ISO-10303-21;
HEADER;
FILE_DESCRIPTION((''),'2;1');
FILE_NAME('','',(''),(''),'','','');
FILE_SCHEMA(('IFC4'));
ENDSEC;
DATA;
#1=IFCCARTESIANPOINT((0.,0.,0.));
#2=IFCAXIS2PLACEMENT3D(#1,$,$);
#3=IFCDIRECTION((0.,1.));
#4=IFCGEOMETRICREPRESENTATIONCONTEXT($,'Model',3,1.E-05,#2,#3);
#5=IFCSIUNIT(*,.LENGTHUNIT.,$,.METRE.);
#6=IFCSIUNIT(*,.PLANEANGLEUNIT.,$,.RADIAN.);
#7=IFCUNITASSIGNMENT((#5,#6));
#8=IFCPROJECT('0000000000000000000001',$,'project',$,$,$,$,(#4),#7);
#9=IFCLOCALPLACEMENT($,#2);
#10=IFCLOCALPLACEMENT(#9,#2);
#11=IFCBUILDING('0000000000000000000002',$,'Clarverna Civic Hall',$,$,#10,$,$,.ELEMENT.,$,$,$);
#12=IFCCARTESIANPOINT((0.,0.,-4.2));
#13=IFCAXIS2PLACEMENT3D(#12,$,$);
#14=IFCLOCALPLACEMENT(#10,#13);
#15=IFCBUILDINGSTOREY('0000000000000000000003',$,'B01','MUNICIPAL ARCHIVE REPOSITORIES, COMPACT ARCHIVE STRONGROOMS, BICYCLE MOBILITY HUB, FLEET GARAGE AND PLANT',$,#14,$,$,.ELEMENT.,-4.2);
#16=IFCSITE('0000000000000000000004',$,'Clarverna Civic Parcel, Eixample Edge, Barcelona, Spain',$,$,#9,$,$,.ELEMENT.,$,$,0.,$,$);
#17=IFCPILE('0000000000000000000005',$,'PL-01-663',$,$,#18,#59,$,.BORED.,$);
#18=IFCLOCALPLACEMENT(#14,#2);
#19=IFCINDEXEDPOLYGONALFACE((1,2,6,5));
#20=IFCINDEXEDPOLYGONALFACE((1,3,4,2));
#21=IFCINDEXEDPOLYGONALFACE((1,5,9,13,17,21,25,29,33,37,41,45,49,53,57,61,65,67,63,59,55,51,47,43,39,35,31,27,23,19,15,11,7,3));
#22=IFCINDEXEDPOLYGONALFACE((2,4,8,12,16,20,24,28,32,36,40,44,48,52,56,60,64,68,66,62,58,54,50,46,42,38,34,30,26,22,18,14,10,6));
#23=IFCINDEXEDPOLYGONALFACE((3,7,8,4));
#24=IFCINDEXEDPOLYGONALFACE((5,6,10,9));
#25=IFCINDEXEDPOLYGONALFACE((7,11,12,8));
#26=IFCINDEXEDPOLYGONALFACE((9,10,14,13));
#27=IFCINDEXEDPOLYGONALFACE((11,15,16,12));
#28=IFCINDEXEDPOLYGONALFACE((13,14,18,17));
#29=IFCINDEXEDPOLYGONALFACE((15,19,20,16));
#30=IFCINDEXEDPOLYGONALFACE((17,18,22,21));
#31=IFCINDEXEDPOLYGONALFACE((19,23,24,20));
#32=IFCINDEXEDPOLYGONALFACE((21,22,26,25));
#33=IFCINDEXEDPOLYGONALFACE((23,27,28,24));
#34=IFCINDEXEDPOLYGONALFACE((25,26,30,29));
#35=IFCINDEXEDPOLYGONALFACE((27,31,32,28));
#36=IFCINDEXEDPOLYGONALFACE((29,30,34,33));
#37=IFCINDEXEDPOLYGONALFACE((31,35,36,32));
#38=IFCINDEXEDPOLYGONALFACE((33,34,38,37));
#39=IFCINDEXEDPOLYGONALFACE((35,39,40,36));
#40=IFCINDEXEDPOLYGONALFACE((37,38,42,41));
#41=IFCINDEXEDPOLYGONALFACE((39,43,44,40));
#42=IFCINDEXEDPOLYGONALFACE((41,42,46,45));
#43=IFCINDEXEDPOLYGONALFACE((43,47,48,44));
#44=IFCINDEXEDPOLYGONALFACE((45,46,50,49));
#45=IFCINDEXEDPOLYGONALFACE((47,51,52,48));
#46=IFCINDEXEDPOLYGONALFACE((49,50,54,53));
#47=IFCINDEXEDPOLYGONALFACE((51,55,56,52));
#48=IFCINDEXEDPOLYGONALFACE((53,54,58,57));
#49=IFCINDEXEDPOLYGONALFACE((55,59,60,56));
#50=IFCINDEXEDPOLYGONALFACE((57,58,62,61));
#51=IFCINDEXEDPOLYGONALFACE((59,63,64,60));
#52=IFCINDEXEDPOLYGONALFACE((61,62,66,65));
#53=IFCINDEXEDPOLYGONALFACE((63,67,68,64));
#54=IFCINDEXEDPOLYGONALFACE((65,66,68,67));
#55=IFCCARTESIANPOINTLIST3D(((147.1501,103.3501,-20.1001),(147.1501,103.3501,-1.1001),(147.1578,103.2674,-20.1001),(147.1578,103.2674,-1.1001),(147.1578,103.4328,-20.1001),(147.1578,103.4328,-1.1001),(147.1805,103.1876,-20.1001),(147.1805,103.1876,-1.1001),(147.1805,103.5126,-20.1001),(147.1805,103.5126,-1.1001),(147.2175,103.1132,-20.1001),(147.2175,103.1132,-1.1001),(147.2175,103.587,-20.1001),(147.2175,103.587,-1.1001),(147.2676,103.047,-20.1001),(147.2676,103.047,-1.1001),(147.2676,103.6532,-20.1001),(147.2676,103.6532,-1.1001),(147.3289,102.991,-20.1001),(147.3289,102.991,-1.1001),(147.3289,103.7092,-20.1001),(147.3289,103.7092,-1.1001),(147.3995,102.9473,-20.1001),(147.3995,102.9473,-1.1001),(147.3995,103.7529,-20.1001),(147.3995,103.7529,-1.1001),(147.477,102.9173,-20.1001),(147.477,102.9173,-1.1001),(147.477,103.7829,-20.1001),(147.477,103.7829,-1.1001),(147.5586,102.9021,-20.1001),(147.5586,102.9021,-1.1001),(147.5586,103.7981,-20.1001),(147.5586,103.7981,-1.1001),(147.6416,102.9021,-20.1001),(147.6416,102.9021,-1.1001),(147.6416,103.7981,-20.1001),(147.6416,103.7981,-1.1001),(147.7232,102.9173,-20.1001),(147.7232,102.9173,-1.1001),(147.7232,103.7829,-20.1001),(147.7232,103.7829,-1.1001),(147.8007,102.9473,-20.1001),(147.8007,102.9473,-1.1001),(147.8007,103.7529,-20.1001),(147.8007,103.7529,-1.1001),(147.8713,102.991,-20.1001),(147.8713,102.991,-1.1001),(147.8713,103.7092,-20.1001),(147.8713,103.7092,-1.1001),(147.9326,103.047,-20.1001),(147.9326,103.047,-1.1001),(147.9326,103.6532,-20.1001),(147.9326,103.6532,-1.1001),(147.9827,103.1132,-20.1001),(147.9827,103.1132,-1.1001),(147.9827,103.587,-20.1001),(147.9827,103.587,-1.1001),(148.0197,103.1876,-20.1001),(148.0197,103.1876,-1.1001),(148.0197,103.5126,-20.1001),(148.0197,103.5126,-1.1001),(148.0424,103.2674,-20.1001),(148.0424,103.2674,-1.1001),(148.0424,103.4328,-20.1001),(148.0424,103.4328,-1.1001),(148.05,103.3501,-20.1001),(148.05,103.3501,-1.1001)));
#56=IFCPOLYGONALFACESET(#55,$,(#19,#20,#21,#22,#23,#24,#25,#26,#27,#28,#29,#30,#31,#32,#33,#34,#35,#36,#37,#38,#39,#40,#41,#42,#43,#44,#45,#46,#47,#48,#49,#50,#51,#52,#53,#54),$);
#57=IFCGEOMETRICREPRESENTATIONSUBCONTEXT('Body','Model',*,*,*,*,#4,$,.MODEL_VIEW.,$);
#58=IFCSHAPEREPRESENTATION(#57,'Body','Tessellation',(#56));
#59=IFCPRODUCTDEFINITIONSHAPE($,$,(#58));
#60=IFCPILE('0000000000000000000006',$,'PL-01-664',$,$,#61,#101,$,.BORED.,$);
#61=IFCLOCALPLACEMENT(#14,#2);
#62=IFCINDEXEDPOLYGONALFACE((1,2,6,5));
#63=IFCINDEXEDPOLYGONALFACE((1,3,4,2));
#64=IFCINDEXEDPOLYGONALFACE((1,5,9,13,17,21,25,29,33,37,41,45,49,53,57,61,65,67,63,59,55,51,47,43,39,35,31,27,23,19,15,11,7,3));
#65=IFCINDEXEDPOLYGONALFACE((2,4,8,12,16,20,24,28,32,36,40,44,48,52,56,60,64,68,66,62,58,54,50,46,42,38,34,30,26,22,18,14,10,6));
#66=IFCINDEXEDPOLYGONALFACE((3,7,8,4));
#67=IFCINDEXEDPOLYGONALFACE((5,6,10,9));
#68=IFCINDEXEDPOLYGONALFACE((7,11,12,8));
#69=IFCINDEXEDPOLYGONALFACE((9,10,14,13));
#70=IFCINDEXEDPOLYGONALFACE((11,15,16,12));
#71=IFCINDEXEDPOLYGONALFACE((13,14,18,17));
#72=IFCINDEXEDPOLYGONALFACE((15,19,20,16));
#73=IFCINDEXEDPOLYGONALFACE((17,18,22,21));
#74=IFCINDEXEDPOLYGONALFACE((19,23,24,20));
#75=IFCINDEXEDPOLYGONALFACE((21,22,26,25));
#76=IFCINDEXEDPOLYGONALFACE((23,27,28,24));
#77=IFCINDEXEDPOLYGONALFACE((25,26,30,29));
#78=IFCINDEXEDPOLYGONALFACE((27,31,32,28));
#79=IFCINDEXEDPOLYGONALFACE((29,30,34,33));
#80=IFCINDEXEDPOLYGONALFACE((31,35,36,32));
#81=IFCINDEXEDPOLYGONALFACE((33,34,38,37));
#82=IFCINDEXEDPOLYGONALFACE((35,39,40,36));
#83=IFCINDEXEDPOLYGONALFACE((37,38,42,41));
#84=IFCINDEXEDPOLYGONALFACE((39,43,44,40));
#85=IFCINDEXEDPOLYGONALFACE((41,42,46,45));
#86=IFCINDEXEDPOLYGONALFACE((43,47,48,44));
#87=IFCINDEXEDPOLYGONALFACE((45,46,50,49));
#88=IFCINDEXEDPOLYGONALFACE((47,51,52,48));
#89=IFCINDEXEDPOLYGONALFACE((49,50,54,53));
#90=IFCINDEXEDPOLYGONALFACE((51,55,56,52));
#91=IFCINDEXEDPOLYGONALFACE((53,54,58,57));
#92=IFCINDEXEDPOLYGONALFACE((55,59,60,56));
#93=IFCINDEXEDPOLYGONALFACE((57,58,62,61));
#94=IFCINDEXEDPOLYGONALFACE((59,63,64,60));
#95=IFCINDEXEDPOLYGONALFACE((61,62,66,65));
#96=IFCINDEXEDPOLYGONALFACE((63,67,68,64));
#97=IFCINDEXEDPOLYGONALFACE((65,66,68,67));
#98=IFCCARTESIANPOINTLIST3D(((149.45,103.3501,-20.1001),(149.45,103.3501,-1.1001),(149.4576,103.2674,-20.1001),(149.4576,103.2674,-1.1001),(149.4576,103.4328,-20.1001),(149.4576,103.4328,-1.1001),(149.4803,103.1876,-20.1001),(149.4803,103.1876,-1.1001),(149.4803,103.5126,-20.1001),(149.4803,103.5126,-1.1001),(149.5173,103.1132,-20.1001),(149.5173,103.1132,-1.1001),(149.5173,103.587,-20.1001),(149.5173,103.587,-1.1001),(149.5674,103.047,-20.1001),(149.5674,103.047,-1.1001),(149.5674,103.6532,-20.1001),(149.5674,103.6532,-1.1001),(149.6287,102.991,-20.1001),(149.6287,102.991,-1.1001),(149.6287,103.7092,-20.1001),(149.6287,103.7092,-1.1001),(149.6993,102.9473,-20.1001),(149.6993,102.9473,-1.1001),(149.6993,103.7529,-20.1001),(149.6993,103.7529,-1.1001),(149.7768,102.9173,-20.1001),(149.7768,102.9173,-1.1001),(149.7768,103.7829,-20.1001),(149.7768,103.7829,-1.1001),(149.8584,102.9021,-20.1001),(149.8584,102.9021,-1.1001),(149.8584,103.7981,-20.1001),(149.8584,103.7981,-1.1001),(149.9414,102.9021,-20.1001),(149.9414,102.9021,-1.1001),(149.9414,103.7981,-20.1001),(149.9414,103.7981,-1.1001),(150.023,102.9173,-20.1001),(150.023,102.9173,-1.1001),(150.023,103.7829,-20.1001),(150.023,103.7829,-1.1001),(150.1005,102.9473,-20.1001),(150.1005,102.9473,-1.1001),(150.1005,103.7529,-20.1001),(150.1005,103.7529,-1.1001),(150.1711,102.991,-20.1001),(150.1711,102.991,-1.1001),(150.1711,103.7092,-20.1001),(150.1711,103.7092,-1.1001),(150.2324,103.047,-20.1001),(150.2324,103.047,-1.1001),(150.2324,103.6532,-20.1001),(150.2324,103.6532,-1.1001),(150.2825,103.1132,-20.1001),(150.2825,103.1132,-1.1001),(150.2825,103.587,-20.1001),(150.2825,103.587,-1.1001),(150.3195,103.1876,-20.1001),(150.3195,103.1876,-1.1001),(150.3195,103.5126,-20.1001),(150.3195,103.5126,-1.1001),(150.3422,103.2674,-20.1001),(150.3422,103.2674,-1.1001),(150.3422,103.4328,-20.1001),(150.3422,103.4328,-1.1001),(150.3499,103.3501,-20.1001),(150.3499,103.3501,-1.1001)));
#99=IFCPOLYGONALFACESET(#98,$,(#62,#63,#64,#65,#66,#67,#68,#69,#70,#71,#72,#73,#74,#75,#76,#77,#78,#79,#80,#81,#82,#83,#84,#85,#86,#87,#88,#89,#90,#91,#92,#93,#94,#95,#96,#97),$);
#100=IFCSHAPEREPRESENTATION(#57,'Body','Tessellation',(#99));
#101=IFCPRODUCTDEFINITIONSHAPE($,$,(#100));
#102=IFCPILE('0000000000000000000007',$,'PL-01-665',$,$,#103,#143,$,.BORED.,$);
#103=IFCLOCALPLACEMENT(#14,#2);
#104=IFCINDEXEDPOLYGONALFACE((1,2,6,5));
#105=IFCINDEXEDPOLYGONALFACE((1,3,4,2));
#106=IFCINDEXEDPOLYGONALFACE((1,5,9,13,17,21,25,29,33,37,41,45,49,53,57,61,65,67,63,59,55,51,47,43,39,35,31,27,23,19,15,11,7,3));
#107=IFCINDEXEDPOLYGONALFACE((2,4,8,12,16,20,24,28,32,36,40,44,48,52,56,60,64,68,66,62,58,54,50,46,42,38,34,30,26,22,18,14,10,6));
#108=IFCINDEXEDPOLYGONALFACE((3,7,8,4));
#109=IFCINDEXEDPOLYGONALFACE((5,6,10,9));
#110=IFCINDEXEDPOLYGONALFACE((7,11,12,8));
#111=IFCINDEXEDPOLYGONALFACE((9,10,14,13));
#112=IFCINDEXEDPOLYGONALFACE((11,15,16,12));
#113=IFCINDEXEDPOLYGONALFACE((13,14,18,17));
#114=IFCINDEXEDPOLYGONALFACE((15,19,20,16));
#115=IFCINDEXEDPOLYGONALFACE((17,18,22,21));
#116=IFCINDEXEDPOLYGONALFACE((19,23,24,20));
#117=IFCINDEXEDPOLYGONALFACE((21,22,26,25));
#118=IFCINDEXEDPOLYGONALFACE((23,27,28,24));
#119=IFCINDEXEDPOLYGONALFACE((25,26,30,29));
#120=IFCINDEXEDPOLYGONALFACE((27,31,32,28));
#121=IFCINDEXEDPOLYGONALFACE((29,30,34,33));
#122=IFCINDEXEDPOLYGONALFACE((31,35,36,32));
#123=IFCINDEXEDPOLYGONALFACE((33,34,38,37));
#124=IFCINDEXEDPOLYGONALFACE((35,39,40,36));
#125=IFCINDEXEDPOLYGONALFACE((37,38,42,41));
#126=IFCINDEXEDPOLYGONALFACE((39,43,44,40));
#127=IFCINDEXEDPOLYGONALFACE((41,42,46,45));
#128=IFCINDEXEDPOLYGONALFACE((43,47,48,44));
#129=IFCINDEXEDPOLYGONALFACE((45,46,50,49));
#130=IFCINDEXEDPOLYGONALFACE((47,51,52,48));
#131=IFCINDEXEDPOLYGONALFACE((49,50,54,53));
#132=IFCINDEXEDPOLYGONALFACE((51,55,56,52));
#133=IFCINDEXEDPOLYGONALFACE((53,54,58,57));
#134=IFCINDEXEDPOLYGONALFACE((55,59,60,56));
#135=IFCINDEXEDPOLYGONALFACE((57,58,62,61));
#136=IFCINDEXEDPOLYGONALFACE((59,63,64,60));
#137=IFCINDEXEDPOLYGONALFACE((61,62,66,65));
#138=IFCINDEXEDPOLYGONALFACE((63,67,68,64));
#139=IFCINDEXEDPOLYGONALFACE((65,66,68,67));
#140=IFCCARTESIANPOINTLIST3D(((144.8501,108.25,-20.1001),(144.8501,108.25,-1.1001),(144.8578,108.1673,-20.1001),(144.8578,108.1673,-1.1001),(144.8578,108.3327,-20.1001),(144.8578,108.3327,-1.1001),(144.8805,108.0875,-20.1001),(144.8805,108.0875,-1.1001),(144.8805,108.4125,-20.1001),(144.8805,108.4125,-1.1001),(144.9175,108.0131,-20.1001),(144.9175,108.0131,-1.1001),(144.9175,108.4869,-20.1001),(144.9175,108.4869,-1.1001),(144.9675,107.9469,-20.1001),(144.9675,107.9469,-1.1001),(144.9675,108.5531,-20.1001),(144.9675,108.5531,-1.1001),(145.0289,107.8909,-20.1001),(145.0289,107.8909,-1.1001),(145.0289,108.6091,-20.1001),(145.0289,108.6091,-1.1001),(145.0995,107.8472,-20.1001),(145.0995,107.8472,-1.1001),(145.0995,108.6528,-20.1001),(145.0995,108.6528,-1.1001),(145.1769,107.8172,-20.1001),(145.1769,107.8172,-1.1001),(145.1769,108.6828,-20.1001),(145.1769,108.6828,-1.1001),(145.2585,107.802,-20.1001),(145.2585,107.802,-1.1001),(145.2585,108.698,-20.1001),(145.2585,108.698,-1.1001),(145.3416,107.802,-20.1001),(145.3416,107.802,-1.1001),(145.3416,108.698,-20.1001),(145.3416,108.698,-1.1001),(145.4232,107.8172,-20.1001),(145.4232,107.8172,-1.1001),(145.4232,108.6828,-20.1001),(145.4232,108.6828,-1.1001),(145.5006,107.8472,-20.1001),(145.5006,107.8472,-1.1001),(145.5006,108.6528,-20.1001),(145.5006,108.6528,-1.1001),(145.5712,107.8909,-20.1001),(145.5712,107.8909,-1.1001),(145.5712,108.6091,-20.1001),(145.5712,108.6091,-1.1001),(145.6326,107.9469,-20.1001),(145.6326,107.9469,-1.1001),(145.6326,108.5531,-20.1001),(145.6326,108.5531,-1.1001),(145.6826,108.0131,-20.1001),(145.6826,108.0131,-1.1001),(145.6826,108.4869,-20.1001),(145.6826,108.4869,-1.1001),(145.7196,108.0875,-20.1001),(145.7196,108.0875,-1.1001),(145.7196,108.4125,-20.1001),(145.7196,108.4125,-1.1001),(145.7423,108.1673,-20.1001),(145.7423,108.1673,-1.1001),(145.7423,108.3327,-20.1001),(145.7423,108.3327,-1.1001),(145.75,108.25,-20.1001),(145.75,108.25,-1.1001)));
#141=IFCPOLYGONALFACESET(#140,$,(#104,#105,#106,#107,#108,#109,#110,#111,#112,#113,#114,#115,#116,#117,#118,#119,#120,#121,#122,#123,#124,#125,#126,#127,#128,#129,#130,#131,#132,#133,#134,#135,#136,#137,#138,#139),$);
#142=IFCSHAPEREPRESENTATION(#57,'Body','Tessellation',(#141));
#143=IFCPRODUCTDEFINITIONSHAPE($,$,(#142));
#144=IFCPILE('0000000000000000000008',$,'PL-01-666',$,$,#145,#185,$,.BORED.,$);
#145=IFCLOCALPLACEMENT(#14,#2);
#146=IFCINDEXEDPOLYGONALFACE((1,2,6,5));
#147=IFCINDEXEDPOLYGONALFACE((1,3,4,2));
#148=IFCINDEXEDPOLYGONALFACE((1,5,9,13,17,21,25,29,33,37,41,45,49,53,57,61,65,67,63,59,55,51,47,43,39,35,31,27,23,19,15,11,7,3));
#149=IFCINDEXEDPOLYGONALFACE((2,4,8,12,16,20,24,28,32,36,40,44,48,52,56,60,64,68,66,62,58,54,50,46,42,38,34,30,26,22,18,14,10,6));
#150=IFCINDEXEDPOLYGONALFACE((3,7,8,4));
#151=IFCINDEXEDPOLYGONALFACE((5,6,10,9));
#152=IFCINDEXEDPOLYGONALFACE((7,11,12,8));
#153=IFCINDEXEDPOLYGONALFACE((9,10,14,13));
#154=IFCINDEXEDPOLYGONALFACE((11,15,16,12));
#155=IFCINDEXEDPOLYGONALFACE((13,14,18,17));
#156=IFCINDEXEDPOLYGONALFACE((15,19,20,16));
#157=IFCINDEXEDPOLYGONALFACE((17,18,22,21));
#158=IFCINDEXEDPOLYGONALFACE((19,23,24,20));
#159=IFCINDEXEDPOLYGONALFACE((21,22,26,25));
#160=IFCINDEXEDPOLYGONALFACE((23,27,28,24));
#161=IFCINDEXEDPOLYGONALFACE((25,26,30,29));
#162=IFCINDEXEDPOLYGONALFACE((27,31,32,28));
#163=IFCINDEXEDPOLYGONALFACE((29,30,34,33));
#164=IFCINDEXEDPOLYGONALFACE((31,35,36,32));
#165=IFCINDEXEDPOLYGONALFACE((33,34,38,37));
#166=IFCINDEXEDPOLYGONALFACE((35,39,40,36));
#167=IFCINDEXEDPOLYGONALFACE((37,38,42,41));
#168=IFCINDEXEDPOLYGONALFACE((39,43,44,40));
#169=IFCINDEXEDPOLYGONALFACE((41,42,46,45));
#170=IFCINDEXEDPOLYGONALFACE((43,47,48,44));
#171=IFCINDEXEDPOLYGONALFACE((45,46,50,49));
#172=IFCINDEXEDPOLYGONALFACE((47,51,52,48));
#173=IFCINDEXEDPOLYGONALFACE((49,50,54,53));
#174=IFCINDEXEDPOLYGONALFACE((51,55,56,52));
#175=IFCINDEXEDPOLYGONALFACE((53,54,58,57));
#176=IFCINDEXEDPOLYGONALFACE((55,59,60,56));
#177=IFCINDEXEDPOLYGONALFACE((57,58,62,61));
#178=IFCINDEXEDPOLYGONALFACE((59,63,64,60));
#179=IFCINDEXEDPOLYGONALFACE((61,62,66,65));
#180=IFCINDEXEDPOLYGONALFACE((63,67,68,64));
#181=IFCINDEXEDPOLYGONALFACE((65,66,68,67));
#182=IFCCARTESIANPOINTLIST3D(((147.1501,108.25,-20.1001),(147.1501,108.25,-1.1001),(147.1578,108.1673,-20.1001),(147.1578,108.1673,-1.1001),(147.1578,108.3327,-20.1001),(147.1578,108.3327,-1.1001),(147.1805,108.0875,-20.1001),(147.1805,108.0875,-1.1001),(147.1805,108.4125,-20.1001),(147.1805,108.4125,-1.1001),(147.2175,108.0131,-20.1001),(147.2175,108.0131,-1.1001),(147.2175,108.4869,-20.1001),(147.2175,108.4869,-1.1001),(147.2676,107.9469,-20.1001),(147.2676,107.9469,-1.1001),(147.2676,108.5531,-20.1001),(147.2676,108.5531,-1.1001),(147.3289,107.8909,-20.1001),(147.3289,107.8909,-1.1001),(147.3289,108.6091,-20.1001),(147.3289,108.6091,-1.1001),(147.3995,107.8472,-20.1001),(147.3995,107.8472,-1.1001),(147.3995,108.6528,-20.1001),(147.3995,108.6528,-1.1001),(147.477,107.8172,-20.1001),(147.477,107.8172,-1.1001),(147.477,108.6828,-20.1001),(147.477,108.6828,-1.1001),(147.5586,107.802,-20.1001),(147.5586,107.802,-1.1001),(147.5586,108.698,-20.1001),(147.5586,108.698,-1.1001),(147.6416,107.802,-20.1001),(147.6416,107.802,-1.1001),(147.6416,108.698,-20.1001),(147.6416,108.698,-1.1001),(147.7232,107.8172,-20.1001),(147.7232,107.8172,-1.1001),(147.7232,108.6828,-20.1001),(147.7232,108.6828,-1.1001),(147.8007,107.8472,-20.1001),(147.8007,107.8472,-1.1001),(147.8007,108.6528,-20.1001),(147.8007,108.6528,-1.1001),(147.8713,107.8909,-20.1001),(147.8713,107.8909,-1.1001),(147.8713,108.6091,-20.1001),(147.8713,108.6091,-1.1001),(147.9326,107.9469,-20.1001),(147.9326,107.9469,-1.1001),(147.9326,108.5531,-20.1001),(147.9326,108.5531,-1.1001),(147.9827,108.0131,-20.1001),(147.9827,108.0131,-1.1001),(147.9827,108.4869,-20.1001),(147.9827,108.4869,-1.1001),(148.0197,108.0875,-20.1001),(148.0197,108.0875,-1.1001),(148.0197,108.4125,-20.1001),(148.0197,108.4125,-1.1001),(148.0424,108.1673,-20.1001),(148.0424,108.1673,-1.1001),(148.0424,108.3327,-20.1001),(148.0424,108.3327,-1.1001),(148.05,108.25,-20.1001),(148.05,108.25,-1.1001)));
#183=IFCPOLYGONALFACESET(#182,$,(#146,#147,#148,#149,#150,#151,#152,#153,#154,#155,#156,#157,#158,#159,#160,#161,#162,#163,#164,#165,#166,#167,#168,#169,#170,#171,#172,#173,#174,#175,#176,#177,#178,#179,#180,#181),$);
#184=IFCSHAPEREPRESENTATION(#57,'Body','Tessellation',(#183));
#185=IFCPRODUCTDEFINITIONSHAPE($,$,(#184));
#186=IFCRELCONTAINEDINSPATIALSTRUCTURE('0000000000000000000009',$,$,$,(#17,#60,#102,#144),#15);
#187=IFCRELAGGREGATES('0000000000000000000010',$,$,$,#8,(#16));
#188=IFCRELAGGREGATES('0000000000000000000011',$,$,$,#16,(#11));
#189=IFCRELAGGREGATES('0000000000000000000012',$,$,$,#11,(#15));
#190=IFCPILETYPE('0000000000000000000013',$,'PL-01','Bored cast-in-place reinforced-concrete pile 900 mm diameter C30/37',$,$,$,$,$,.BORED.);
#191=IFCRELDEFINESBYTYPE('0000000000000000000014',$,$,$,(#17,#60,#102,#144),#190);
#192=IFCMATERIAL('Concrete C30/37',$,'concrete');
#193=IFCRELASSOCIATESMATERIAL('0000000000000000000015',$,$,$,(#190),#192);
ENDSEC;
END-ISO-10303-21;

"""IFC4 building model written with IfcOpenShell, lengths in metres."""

from ifc_helpers import new_model, si_unit, direction, frame, origin, origin_2d, place, context, subcontext, project, spatial, circle, extrude, material, material_profile, profile_set, type_object, element, save


model = new_model("IFC4")

# Units and contexts
model_context = context("Model", 3, precision=1e-05, world=origin(), true_north=direction((0.0, 1.0)))
body_context = subcontext(model_context, "Body", "Model", "MODEL_VIEW")
ifc_project = project(units=[si_unit("LENGTHUNIT", "METRE"), si_unit("PLANEANGLEUNIT", "RADIAN")], contexts=[model_context])

# Site, building, storey
site_placement = place(None, origin())
site = spatial("IfcSite", under=ifc_project, at=site_placement, Name="Clarverna Civic Parcel, Eixample Edge, Barcelona, Spain", CompositionType="ELEMENT", RefElevation=0.0)
building_placement = place(site_placement, origin())
building = spatial("IfcBuilding", under=site, at=building_placement, Name="Clarverna Civic Hall", CompositionType="ELEMENT")
storey_placement = place(building_placement, frame((0.0, 0.0, -4.2)))
storey = spatial("IfcBuildingStorey", under=building, at=storey_placement, Name="B01", Description="MUNICIPAL ARCHIVE REPOSITORIES, COMPACT ARCHIVE STRONGROOMS, BICYCLE MOBILITY HUB, FLEET GARAGE AND PLANT", CompositionType="ELEMENT", Elevation=-4.2)

# Shared definitions
ifc_material_1 = material(Name="Concrete C30/37", Category="concrete")

# Piles
ifc_material_profile_1 = material_profile(ifc_material_1, circle(Radius=0.45, at=origin_2d()), Name="BORED PILE D900")
ifc_profile_set_1 = profile_set([ifc_material_profile_1], Name="Concrete C30/37")
pile_type = type_object("IfcPileType", Name="PL-01", Description="Bored cast-in-place reinforced-concrete pile 900 mm diameter C30/37", PredefinedType="BORED", material=ifc_profile_set_1)
for number, where, z_axis, x_axis, name in (
    (1, (147.6001, 103.3501, -1.1001), (0.0, 0.0, -1.0), (1.0, 0.0, 0.0), "PL-01-663"),
    (2, (149.8999, 103.3501, -1.1001), (0.0, 0.0, -1.0), (1.0, 0.0, 0.0), "PL-01-664"),
    (3, (145.3, 108.25, -1.1001), (0.0, 0.0, -1.0), (1.0, 0.0, 0.0), "PL-01-665"),
    (4, (147.6001, 108.25, -1.1001), (0.0, 0.0, -1.0), (1.0, 0.0, 0.0), "PL-01-666"),
):
    element("IfcPile", number, at=place(storey_placement, frame(where, z_axis=z_axis, x_axis=x_axis)), inside=storey, type_object=pile_type, Name=name, PredefinedType="BORED", context=body_context, shape_type="SweptSolid", body=[
        extrude(circle(Radius=0.45, at=origin_2d()), origin(), (0.0, 0.0, 1.0), 19.0),
    ])

save(model, "model.ifc")
